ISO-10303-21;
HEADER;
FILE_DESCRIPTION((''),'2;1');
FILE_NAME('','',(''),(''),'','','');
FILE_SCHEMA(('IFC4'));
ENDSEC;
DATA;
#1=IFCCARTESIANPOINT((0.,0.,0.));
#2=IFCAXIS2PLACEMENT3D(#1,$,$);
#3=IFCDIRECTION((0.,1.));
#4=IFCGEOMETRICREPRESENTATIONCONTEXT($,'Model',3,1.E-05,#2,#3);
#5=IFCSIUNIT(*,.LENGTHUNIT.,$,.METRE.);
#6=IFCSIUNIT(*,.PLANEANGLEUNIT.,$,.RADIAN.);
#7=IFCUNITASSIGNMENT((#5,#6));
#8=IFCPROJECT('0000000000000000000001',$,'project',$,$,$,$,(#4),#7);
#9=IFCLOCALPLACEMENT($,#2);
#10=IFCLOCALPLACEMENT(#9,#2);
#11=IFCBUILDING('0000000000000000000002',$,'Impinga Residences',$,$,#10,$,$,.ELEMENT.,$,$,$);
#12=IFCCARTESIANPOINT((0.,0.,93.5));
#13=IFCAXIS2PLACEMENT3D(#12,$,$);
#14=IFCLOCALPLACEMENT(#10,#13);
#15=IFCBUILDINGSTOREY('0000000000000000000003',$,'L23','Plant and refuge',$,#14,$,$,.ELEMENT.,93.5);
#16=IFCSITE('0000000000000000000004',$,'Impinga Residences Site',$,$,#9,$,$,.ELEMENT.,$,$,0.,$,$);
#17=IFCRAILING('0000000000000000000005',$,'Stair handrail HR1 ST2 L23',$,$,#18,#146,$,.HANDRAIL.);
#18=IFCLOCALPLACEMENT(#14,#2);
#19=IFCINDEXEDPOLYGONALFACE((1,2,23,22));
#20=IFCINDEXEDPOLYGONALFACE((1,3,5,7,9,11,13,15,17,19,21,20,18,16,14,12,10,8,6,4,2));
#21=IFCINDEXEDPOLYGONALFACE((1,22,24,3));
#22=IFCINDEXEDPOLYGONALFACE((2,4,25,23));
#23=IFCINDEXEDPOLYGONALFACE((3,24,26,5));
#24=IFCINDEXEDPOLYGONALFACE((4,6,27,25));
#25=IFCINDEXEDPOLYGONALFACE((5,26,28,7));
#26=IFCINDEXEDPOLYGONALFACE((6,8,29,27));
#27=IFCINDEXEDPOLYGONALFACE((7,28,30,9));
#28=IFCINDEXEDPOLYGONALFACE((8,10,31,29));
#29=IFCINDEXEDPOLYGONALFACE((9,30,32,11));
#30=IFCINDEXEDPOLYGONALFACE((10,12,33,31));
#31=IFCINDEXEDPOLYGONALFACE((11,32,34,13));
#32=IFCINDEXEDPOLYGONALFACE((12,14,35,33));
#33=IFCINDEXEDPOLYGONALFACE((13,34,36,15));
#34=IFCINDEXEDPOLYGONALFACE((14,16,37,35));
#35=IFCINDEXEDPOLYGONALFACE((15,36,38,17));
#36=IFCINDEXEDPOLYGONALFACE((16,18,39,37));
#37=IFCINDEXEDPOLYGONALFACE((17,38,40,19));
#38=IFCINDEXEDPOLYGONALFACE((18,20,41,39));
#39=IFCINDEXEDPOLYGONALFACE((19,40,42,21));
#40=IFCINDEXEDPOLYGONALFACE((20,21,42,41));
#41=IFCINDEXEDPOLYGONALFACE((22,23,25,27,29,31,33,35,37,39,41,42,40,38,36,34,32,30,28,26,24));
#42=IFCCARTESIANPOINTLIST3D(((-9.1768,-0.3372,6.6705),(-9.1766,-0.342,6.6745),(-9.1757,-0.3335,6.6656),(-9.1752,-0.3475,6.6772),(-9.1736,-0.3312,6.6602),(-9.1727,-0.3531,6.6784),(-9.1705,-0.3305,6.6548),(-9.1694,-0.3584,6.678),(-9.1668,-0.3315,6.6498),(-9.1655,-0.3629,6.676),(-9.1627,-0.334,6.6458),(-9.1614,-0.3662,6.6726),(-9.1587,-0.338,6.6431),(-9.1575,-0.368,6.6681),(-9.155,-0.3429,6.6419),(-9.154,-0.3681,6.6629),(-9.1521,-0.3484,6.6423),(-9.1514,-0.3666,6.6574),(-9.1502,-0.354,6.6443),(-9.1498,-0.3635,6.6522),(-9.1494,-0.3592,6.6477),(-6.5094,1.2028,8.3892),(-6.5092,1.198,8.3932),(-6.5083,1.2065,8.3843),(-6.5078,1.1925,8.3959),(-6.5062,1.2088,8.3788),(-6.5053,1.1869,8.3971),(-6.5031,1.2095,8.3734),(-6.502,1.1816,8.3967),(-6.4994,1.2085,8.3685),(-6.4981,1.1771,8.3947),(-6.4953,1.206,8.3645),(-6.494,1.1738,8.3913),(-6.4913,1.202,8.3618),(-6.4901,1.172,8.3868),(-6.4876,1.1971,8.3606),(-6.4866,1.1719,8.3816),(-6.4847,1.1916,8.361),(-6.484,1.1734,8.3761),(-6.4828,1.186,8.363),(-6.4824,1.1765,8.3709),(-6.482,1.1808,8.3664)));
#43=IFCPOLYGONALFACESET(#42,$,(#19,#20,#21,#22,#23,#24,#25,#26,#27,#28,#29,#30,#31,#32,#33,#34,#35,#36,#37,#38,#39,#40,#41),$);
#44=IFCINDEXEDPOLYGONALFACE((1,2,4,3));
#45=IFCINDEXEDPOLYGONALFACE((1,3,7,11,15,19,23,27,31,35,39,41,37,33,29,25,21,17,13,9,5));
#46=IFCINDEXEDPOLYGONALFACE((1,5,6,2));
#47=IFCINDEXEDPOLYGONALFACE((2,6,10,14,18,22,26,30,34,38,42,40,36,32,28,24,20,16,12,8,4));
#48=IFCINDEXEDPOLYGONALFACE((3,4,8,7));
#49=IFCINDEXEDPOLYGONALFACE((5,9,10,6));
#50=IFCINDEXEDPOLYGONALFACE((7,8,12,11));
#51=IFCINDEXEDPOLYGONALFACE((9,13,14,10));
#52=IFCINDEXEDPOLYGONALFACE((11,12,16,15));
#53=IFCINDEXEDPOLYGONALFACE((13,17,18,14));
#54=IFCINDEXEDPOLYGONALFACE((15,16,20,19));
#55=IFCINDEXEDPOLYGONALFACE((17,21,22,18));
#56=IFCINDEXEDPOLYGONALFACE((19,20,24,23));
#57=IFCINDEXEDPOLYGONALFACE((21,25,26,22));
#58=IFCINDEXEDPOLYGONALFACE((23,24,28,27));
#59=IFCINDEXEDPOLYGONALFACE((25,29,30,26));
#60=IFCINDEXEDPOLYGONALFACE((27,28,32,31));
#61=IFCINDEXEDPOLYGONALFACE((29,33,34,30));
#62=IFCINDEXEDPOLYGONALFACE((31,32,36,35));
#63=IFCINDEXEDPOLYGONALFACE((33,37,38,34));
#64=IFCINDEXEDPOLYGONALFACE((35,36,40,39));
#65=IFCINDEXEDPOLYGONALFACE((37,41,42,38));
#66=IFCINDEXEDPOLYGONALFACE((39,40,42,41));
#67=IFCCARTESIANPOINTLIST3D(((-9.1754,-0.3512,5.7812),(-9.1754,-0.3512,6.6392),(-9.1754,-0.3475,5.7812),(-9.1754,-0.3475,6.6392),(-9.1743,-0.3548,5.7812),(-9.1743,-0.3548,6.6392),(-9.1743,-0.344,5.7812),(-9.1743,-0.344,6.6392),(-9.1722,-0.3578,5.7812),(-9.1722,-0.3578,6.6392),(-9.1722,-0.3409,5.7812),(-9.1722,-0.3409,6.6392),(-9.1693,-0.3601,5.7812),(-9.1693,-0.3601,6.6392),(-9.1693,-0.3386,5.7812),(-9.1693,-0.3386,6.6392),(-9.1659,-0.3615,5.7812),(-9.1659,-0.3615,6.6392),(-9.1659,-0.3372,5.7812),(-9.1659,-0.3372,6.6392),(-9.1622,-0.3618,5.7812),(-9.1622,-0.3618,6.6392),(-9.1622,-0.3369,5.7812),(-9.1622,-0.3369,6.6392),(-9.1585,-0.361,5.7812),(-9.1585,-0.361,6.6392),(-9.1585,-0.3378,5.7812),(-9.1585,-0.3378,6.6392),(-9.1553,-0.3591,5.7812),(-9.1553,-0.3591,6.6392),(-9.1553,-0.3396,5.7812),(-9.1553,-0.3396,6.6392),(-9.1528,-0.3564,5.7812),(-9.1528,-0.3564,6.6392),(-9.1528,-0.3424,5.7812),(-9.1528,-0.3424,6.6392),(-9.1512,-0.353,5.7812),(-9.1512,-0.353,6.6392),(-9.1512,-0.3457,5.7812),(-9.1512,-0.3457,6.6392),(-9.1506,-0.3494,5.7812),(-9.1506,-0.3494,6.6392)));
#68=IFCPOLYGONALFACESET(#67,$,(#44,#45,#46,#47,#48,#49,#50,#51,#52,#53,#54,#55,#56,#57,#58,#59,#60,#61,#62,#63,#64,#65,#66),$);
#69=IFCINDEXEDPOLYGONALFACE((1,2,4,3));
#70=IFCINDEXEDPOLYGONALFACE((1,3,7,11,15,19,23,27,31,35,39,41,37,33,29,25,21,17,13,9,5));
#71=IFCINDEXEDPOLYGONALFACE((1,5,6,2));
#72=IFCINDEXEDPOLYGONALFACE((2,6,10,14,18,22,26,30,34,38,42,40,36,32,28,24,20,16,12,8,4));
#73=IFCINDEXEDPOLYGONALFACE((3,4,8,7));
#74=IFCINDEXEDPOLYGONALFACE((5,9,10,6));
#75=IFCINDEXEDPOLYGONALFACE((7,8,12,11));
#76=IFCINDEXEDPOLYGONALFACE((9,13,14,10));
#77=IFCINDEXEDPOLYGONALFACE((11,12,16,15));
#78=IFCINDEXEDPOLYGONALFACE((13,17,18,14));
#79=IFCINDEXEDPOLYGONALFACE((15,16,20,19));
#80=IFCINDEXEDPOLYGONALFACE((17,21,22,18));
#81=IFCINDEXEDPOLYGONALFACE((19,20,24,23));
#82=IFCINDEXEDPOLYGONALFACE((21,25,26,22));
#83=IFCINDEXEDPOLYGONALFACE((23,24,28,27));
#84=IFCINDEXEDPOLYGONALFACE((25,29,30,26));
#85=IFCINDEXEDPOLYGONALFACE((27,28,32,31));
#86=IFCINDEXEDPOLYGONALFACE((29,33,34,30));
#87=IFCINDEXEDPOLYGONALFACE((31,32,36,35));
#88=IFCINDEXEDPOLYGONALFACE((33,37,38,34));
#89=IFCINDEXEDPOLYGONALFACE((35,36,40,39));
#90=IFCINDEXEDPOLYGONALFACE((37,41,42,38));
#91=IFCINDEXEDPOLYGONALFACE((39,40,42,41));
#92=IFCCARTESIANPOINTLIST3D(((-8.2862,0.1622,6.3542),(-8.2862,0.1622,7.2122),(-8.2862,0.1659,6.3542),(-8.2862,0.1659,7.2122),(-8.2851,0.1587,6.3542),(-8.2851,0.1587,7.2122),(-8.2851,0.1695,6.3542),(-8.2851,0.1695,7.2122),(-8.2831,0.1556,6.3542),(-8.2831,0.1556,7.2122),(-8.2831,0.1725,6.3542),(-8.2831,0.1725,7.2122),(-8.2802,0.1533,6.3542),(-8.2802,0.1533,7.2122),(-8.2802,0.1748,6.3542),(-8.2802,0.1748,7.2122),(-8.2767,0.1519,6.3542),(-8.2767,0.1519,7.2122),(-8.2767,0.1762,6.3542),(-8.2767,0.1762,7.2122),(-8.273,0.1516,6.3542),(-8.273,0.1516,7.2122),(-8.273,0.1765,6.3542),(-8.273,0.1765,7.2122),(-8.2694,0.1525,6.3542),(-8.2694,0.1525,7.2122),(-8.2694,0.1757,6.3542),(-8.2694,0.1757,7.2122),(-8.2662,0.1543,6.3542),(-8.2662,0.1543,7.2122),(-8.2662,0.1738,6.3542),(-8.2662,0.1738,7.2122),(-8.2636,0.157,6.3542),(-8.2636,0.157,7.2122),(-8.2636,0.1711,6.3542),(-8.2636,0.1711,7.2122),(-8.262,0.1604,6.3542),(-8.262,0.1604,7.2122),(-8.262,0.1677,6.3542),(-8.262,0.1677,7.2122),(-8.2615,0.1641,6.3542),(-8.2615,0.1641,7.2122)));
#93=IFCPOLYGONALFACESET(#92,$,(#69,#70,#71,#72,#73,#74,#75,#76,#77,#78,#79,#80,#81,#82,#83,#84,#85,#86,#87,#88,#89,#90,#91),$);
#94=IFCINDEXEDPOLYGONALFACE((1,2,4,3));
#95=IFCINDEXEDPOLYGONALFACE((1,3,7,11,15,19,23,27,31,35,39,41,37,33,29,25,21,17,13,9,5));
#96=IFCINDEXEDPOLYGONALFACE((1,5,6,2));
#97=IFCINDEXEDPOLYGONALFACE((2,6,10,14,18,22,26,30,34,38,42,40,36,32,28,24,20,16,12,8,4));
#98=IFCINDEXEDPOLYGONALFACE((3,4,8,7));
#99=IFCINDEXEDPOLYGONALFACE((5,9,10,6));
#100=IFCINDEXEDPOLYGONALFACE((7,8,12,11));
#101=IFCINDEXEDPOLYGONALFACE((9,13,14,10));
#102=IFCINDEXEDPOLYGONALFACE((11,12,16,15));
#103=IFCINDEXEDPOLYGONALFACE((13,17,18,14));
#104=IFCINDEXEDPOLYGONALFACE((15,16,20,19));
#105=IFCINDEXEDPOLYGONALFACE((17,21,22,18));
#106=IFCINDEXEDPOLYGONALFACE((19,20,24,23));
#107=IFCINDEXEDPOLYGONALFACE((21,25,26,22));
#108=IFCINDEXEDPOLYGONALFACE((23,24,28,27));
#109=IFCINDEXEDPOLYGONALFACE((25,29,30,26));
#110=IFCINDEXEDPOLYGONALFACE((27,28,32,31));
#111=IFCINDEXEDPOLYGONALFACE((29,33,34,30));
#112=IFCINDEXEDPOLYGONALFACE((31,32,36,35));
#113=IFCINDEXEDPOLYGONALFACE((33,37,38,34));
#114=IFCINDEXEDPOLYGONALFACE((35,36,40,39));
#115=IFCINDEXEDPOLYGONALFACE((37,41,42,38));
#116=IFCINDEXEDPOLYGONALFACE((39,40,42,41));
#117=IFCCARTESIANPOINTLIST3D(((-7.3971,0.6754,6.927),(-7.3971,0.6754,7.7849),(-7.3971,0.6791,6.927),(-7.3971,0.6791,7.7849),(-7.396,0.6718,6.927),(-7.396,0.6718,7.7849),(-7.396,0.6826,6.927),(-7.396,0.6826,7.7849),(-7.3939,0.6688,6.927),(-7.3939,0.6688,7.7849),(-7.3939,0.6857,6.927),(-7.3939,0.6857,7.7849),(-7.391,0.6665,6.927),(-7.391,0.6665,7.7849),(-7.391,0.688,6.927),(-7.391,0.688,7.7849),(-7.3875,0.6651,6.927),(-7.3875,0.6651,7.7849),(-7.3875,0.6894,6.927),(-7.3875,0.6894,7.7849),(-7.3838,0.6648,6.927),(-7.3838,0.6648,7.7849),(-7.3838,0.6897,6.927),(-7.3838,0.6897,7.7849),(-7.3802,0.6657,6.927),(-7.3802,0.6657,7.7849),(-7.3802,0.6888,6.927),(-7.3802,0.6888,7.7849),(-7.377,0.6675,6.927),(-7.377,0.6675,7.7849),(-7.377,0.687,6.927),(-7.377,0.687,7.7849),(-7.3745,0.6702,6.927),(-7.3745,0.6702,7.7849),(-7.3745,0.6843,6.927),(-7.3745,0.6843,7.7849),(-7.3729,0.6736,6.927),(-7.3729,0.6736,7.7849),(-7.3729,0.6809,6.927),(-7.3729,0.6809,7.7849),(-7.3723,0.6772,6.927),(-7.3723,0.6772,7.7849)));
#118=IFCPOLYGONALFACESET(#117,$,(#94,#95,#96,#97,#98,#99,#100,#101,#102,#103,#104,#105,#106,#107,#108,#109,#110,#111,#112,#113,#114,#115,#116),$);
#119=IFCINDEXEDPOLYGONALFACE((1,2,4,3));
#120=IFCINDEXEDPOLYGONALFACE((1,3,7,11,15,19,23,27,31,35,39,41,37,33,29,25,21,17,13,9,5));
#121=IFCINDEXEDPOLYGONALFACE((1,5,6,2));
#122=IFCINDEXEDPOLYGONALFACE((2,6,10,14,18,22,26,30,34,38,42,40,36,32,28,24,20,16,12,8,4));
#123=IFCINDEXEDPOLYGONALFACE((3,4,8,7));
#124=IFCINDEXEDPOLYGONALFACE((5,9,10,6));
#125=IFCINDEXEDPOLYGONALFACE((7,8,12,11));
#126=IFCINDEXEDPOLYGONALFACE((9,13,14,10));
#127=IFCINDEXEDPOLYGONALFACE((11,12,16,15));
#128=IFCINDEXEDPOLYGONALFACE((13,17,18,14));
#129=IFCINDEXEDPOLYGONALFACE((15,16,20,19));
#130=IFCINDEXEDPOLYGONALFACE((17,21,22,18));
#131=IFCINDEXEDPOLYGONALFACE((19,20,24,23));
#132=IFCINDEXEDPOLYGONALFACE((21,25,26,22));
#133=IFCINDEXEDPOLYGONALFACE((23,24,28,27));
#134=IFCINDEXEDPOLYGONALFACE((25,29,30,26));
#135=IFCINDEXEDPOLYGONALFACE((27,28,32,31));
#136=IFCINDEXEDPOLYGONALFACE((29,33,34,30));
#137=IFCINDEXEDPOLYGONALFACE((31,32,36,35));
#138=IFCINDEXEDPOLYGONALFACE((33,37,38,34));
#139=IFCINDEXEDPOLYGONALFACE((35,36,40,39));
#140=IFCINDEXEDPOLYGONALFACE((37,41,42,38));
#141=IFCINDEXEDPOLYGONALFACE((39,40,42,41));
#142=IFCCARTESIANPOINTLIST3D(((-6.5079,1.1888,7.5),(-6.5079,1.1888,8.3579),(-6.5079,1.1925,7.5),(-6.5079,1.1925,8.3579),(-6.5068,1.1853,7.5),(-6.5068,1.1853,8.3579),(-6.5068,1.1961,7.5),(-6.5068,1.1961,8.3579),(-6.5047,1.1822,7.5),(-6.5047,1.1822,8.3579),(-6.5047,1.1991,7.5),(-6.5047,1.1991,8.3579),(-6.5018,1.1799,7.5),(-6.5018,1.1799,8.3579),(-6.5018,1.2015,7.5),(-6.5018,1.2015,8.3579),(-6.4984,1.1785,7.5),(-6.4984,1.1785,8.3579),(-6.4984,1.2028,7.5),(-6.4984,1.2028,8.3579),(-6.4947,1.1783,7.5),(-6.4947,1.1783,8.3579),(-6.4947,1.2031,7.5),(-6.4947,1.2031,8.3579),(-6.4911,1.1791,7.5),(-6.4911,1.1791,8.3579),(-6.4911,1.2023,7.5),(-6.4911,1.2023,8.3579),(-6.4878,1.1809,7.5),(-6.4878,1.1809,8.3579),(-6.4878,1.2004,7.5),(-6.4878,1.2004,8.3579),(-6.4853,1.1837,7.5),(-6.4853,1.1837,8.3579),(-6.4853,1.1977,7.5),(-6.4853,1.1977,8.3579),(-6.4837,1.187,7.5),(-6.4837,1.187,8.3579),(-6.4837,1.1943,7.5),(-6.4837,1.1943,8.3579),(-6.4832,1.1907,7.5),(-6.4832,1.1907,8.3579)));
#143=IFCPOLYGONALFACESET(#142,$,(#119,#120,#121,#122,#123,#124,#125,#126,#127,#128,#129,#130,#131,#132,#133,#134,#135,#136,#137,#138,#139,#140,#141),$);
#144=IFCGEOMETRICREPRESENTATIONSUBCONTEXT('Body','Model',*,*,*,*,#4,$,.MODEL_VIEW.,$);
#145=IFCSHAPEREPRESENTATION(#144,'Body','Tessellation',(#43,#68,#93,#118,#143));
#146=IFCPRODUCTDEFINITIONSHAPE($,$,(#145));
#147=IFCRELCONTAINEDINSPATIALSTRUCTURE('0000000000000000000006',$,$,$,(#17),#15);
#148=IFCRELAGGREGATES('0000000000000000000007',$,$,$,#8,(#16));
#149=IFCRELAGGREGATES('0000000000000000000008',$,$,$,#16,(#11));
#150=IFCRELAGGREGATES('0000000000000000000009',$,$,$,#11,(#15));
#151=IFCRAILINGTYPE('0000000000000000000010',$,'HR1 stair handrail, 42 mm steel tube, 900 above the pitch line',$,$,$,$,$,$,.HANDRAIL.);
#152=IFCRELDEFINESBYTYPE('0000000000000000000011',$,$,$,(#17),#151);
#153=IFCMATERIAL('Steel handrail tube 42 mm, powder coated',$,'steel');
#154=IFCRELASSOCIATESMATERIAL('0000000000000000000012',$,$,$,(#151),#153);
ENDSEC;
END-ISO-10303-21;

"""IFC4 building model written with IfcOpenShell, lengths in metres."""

from ifc_helpers import new_model, si_unit, direction, frame, origin, origin_2d, place, context, subcontext, project, spatial, circle, extrude, material, type_object, element, save


model = new_model("IFC4")

# Units and contexts
model_context = context("Model", 3, precision=1e-05, world=origin(), true_north=direction((0.0, 1.0)))
body_context = subcontext(model_context, "Body", "Model", "MODEL_VIEW")
ifc_project = project(units=[si_unit("LENGTHUNIT", "METRE"), si_unit("PLANEANGLEUNIT", "RADIAN")], contexts=[model_context])

# Site, building, storey
site_placement = place(None, origin())
site = spatial("IfcSite", under=ifc_project, at=site_placement, Name="Impinga Residences Site", CompositionType="ELEMENT", RefElevation=0.0)
building_placement = place(site_placement, origin())
building = spatial("IfcBuilding", under=site, at=building_placement, Name="Impinga Residences", CompositionType="ELEMENT")
storey_placement = place(building_placement, frame((0.0, 0.0, 93.5)))
storey = spatial("IfcBuildingStorey", under=building, at=storey_placement, Name="L23", Description="Plant and refuge", CompositionType="ELEMENT", Elevation=93.5)

# Railing
ifc_material_1 = material(Name="Steel handrail tube 42 mm, powder coated", Category="steel")
railing_type = type_object("IfcRailingType", Name="HR1 stair handrail, 42 mm steel tube, 900 above the pitch line", PredefinedType="HANDRAIL", material=ifc_material_1)
for number, where, name in (
    (1, (-9.1631, -0.3494, 5.7812), "Stair handrail HR1 ST2 L23"),
):
    element("IfcRailing", number, at=place(storey_placement, frame(where)), inside=storey, type_object=railing_type, Name=name, PredefinedType="HANDRAIL", context=body_context, shape_type="SweptSolid", body=[
        extrude(circle(Radius=0.021, at=origin_2d()), frame((0.0, 0.0, 0.8789), z_axis=(0.756256, 0.436616, 0.487282), x_axis=(-0.499992, 0.86603, 0.0)), (0.0, 0.0, 1.0), 3.5271),
        extrude(circle(Radius=0.0125, at=origin_2d()), origin(), (0.0, 0.0, 1.0), 0.8579),
        extrude(circle(Radius=0.0125, at=origin_2d()), frame((0.8892, 0.5134, 0.573)), (0.0, 0.0, 1.0), 0.8579),
        extrude(circle(Radius=0.0125, at=origin_2d()), frame((1.7783, 1.0266, 1.1458)), (0.0, 0.0, 1.0), 0.8579),
        extrude(circle(Radius=0.0125, at=origin_2d()), frame((2.6675, 1.54, 1.7188)), (0.0, 0.0, 1.0), 0.8579),
    ])

save(model, "model.ifc")
